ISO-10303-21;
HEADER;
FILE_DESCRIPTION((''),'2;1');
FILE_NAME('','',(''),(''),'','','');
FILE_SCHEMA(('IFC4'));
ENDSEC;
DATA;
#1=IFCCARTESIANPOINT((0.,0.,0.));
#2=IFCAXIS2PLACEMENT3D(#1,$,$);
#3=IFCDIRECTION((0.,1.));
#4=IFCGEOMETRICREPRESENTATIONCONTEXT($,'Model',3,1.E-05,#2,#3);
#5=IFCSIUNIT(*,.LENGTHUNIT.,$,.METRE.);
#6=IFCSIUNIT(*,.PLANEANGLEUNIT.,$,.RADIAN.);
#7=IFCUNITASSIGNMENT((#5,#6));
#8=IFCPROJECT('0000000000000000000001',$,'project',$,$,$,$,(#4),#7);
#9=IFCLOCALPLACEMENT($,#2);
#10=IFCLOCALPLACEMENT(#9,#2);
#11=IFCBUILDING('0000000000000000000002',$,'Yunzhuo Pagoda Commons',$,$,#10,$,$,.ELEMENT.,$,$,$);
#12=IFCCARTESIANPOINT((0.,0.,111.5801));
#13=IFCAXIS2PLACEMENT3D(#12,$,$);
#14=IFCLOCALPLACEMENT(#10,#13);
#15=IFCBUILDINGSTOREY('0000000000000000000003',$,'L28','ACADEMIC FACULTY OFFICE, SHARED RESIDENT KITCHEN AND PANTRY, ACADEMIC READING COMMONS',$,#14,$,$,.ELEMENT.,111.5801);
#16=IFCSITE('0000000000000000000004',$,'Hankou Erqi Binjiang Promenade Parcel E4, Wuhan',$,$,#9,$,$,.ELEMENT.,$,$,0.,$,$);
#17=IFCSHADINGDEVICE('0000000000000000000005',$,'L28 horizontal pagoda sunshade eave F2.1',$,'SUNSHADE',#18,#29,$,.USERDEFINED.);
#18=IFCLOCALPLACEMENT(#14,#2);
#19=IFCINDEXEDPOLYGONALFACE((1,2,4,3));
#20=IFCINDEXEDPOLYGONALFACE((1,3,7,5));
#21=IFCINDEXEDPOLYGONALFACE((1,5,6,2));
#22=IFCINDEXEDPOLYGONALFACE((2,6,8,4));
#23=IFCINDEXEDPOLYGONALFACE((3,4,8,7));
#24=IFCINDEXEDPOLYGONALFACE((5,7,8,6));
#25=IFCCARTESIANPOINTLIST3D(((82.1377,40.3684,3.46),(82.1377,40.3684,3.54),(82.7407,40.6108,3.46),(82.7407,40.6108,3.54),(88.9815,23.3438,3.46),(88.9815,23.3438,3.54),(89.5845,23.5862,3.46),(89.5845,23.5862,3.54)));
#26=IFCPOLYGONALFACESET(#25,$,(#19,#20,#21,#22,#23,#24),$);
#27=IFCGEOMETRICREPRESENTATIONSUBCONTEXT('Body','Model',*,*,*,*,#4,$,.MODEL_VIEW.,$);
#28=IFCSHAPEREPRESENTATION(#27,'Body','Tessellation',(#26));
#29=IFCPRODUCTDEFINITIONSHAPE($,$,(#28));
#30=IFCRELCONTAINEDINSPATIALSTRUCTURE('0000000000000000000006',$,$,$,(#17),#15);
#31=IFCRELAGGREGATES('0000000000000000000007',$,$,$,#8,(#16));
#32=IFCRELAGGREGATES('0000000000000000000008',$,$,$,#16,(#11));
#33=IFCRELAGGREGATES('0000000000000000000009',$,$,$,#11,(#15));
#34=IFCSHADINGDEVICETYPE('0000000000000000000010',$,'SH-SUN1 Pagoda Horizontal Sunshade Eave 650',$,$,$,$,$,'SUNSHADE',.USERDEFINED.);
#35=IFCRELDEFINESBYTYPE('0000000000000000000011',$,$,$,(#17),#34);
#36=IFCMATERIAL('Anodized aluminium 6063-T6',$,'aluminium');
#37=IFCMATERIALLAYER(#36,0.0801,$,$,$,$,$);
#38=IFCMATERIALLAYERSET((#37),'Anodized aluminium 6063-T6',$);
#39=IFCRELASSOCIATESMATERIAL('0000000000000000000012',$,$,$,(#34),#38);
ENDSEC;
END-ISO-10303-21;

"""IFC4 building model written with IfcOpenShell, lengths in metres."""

from ifc_helpers import new_model, si_unit, direction, frame, origin, origin_2d, place, context, subcontext, project, spatial, rectangle, extrude, source, transform, mapped, material, layer, layer_set, type_object, element, save


model = new_model("IFC4")

# Units and contexts
model_context = context("Model", 3, precision=1e-05, world=origin(), true_north=direction((0.0, 1.0)))
body_context = subcontext(model_context, "Body", "Model", "MODEL_VIEW")
ifc_project = project(units=[si_unit("LENGTHUNIT", "METRE"), si_unit("PLANEANGLEUNIT", "RADIAN")], contexts=[model_context])

# Site, building, storey
site_placement = place(None, origin())
site = spatial("IfcSite", under=ifc_project, at=site_placement, Name="Hankou Erqi Binjiang Promenade Parcel E4, Wuhan", CompositionType="ELEMENT", RefElevation=0.0)
building_placement = place(site_placement, origin())
building = spatial("IfcBuilding", under=site, at=building_placement, Name="Yunzhuo Pagoda Commons", CompositionType="ELEMENT")
storey_placement = place(building_placement, frame((0.0, 0.0, 111.5801)))
storey = spatial("IfcBuildingStorey", under=building, at=storey_placement, Name="L28", Description="ACADEMIC FACULTY OFFICE, SHARED RESIDENT KITCHEN AND PANTRY, ACADEMIC READING COMMONS", CompositionType="ELEMENT", Elevation=111.5801)

# Shared definitions
ifc_material_1 = material(Name="Anodized aluminium 6063-T6", Category="aluminium")

# Shading device
ifc_layer_1 = layer(ifc_material_1, 0.0801)
ifc_layer_set_1 = layer_set([ifc_layer_1], Name="Anodized aluminium 6063-T6")
shading_device_type = type_object("IfcShadingDeviceType", Name="SH-SUN1 Pagoda Horizontal Sunshade Eave 650", ElementType="SUNSHADE", PredefinedType="USERDEFINED", material=ifc_layer_set_1)
shared_shape_1 = source(origin(), body_context, "Body", "SweptSolid", [
    extrude(rectangle(XDim=18.3486, YDim=0.6499, at=origin_2d()), origin(), (0.0, 0.0, 1.0), 0.0801),
])
shading_device_placement = place(storey_placement, frame((85.8611, 31.9773, 3.46), z_axis=(0.0, 0.0, 1.0), x_axis=(-0.372988, 0.927836, 0.0)))
element("IfcShadingDevice", 1, at=shading_device_placement, inside=storey, type_object=shading_device_type, Name="L28 horizontal pagoda sunshade eave F2.1", ObjectType="SUNSHADE", PredefinedType="USERDEFINED", context=body_context, shape_type="MappedRepresentation", body=[
    mapped(shared_shape_1, transform((0.0, 0.0, 0.0), scale=1.0)),
])

save(model, "model.ifc")
